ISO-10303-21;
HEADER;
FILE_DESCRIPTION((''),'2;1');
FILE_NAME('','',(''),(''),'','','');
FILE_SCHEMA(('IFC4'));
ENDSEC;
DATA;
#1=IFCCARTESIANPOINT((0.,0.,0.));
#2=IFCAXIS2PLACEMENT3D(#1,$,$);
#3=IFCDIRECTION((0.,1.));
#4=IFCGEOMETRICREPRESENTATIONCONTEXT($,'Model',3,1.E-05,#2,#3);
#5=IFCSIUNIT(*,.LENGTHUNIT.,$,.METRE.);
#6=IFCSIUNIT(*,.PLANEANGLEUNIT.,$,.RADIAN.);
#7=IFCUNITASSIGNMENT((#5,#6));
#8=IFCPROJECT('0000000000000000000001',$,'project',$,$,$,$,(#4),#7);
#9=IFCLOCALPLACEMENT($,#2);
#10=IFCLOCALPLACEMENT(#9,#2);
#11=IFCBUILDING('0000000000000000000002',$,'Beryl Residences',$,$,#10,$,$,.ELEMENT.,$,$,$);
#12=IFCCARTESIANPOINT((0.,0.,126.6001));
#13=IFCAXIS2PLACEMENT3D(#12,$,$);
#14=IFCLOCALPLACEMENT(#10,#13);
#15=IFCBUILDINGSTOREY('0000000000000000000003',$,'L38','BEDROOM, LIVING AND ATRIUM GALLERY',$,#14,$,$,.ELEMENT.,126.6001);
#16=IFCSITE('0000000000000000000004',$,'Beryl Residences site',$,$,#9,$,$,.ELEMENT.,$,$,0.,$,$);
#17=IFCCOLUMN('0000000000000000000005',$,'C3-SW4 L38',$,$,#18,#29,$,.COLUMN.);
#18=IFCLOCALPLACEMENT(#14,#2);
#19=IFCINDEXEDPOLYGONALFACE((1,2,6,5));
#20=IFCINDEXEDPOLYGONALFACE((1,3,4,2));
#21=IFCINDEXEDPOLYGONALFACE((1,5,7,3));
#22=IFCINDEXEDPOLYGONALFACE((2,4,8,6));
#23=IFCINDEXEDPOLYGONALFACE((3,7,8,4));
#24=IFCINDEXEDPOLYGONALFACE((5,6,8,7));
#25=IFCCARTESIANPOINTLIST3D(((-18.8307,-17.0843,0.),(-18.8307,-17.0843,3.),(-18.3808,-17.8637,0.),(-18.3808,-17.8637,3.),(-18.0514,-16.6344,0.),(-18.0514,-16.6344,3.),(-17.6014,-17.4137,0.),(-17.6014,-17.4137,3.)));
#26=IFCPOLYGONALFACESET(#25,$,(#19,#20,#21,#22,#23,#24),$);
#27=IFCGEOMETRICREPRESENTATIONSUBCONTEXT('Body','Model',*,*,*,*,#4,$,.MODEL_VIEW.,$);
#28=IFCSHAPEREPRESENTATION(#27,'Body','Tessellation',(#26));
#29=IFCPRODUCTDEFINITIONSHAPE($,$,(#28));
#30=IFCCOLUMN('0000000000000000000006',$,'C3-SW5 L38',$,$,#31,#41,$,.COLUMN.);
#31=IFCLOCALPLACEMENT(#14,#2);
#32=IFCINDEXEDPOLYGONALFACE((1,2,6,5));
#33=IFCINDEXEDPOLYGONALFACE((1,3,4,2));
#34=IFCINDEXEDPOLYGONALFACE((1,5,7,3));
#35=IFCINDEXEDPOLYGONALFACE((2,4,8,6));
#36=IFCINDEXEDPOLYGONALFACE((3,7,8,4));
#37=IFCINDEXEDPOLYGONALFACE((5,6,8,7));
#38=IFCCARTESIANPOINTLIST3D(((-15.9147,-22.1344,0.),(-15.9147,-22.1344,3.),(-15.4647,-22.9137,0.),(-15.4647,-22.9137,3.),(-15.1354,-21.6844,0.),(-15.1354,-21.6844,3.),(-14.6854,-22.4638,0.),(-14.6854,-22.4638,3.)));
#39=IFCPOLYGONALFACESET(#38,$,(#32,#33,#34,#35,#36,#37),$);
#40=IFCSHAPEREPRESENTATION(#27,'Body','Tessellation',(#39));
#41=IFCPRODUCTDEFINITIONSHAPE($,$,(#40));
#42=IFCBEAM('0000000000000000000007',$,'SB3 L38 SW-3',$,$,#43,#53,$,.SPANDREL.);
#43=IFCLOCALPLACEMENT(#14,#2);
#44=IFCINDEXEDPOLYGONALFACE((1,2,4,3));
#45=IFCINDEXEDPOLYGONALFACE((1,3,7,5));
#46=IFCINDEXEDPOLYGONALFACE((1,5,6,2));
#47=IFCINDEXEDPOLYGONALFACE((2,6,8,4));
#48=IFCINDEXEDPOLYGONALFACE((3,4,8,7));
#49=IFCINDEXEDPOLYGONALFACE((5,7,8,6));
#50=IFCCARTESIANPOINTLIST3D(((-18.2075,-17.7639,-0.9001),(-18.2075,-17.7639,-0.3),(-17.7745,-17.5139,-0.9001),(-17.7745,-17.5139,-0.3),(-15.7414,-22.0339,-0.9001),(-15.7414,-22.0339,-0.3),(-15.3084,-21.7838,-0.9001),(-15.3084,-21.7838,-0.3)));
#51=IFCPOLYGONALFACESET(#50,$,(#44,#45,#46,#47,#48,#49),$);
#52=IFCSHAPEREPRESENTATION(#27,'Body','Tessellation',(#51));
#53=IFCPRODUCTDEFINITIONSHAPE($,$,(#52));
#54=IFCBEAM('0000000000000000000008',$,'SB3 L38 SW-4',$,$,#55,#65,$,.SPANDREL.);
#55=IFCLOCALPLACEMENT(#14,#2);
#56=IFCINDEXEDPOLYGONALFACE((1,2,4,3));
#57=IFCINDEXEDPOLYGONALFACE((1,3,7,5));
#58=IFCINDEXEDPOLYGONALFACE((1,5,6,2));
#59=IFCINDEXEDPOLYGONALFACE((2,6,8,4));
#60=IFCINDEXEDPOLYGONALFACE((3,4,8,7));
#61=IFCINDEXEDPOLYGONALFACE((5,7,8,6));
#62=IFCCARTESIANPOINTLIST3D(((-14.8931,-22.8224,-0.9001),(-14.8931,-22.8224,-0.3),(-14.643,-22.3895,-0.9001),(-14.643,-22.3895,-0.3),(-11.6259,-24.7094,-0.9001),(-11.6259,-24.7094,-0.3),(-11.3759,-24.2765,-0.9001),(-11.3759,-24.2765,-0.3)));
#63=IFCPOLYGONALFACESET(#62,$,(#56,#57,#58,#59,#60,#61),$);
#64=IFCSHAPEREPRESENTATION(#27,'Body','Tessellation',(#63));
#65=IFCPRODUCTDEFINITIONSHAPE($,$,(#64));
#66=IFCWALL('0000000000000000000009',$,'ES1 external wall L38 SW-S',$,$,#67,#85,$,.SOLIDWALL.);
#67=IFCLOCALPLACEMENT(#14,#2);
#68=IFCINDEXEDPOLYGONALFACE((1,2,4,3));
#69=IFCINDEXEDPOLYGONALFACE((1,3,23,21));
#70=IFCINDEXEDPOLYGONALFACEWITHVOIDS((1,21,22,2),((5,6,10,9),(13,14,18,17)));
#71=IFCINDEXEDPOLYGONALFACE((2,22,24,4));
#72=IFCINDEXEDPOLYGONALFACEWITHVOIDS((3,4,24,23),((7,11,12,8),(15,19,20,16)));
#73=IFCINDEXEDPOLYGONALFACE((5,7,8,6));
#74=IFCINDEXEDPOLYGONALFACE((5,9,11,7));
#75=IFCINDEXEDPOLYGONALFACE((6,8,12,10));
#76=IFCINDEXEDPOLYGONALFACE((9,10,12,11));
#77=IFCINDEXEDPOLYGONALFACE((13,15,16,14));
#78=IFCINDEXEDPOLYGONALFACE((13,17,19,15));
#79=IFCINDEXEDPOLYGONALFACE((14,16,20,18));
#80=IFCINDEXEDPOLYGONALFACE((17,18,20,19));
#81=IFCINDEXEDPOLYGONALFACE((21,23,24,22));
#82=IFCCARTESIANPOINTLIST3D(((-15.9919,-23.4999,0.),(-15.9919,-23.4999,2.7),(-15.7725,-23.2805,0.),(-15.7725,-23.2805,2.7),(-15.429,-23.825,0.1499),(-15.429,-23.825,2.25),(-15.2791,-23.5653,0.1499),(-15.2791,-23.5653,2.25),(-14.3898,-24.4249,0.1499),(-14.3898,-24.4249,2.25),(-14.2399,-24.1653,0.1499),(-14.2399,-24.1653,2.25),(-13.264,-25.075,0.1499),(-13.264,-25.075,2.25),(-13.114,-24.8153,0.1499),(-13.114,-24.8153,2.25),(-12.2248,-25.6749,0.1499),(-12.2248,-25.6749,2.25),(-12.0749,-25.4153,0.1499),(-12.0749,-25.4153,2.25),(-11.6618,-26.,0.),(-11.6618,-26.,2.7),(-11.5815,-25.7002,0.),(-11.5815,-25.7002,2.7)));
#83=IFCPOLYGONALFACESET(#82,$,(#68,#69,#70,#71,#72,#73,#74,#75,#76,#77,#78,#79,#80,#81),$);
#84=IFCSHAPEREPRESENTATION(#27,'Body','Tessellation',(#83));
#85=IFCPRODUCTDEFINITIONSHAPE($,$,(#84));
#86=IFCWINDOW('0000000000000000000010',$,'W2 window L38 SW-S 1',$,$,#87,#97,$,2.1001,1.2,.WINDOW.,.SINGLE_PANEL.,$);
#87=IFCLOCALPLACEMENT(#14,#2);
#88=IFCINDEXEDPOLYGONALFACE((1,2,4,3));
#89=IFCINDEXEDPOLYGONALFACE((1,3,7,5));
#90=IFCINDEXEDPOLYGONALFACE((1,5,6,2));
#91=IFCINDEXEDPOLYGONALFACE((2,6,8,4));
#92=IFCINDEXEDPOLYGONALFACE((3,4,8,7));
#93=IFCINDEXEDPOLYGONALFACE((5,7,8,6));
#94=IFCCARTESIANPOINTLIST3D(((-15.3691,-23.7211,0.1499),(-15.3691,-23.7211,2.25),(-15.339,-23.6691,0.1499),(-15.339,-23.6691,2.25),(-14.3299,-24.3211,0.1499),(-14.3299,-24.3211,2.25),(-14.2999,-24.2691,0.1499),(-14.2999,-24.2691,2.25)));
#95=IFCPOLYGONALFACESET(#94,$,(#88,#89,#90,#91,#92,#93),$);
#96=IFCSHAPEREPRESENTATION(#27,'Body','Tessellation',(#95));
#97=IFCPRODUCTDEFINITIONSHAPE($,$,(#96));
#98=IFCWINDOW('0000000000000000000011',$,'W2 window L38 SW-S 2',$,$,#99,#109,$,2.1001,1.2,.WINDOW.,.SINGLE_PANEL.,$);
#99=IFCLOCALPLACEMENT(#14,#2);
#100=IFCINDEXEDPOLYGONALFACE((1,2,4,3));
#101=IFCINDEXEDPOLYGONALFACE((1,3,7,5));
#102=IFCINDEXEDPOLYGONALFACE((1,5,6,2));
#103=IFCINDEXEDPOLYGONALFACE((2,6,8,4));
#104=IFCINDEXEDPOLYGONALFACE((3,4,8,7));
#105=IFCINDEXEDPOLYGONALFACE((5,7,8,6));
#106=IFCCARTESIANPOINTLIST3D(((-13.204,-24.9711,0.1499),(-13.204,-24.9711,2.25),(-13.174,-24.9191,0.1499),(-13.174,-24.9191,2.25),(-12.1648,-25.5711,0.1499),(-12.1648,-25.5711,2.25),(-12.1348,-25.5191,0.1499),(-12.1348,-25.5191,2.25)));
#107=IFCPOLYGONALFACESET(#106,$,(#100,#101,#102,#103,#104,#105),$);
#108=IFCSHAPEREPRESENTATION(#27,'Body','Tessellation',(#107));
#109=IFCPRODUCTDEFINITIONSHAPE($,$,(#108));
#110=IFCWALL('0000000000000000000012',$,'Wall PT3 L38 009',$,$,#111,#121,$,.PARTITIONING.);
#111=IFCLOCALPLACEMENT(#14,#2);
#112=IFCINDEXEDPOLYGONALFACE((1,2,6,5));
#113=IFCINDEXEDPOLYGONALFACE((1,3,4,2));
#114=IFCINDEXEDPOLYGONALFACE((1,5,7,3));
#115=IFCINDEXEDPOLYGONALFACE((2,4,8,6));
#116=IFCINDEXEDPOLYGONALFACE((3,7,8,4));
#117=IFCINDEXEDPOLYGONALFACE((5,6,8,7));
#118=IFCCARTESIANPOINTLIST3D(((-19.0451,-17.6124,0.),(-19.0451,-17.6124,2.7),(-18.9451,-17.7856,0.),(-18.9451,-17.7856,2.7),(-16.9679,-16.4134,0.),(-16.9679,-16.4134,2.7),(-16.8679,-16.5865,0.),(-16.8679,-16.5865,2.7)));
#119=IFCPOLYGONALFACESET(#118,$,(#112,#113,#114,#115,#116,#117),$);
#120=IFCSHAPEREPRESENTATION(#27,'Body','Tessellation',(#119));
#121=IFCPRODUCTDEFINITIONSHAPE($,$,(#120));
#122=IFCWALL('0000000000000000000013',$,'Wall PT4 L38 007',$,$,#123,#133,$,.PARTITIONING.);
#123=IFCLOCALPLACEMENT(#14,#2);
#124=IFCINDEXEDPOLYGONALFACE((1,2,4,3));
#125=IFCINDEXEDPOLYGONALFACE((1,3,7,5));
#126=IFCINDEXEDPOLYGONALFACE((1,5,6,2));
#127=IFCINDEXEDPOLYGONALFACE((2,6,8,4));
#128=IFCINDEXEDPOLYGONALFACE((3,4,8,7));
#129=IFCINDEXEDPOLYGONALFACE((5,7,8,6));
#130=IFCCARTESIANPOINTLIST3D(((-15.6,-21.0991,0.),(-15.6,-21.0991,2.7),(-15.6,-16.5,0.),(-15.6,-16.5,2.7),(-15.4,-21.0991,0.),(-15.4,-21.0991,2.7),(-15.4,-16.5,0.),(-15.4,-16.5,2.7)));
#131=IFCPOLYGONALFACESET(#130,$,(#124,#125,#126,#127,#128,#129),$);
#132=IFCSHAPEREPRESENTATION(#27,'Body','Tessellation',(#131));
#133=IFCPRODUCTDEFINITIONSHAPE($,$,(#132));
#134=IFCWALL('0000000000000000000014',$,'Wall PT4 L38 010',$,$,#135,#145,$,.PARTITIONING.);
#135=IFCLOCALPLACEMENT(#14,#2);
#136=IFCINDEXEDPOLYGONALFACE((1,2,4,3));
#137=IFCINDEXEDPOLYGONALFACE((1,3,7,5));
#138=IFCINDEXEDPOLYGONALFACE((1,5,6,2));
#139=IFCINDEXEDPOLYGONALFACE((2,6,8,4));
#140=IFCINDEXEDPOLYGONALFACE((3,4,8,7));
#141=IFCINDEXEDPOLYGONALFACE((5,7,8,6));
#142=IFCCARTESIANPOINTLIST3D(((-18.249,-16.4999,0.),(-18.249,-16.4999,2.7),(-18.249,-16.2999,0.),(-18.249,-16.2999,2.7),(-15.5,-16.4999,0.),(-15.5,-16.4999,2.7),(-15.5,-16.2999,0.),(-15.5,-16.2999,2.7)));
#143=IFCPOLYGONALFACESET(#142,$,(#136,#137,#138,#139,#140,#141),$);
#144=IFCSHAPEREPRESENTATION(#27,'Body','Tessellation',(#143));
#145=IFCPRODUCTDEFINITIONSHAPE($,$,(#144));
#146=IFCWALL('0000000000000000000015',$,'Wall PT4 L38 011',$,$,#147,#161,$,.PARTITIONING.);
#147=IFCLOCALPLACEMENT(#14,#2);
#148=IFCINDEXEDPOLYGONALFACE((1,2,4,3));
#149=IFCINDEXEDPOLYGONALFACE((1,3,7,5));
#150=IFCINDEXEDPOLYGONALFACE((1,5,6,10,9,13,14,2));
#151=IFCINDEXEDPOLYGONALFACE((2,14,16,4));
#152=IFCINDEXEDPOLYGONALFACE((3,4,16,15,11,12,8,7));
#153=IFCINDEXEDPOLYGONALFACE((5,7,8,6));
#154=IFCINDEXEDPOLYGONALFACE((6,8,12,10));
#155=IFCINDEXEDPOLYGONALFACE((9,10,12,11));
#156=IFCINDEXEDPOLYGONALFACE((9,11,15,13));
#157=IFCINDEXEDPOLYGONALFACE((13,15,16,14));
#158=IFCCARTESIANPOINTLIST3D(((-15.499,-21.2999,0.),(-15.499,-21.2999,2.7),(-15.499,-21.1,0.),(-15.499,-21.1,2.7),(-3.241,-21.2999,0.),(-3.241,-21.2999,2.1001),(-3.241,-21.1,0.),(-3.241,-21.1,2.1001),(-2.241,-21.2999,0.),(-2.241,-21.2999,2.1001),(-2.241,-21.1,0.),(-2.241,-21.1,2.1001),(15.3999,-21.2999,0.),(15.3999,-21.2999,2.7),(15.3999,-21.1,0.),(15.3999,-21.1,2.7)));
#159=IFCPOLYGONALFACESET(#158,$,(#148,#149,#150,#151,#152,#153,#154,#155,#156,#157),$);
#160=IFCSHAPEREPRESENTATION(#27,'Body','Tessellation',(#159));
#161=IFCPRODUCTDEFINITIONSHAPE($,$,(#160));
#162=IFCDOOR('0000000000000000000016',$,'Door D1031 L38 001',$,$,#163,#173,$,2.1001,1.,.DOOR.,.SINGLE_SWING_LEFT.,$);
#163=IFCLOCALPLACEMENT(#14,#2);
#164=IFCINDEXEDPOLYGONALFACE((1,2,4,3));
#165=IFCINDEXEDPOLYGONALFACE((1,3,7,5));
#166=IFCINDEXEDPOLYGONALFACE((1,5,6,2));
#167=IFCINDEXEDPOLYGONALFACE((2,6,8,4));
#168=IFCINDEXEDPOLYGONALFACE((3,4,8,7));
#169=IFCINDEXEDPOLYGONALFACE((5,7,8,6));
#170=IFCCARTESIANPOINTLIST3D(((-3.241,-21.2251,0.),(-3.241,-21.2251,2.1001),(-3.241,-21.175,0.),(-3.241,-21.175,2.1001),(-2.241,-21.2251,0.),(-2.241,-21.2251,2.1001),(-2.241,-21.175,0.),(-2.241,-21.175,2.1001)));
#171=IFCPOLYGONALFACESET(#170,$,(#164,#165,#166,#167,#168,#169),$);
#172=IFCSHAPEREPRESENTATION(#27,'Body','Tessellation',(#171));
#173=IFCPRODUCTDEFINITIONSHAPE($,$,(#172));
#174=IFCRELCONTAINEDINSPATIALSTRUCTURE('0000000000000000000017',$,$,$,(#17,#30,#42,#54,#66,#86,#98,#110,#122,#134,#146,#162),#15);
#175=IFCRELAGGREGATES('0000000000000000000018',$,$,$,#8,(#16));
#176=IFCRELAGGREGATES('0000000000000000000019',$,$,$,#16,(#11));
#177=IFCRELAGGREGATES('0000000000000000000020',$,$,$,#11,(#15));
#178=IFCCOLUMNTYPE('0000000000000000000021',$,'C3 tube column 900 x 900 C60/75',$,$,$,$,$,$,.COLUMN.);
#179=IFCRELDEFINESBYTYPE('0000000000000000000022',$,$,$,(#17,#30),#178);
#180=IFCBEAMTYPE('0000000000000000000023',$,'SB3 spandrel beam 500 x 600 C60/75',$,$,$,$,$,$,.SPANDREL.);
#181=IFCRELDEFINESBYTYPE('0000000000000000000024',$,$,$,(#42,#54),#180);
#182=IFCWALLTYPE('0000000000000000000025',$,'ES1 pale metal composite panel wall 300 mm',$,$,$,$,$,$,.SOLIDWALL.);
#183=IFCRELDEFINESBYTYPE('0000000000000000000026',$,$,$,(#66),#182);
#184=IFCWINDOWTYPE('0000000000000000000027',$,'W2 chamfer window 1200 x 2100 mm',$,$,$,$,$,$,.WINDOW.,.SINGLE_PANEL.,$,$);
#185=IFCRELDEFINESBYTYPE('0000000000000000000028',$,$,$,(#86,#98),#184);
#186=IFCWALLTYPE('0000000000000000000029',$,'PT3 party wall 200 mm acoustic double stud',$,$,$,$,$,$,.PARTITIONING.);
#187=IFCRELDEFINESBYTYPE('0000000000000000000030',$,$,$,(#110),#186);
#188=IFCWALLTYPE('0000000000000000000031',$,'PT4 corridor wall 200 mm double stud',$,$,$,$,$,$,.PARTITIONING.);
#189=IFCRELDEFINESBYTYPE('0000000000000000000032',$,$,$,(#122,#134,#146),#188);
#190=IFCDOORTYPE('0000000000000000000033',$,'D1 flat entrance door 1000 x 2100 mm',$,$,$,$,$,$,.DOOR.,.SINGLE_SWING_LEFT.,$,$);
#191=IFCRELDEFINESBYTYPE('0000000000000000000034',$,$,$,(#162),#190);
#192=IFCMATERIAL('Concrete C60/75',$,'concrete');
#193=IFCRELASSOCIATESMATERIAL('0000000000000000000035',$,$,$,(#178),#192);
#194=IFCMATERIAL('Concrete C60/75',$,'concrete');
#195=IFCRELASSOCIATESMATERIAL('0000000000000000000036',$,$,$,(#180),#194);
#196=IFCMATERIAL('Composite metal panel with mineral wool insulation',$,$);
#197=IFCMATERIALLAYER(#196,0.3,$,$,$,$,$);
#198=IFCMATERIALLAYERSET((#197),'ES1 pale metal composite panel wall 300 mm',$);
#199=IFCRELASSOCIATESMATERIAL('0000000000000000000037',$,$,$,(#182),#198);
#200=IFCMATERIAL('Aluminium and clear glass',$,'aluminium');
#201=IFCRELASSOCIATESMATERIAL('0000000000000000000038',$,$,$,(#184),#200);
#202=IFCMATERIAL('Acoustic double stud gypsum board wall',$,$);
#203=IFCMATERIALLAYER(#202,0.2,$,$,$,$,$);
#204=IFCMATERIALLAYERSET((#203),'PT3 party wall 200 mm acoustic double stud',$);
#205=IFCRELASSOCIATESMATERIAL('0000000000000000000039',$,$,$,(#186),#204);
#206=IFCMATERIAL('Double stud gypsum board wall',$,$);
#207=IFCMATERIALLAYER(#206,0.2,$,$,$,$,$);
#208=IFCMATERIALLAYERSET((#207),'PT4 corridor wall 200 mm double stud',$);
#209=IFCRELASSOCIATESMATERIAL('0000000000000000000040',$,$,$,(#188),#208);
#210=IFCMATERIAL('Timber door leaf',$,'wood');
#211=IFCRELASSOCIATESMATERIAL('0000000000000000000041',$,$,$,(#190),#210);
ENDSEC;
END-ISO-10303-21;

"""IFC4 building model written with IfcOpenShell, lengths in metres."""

from ifc_helpers import new_model, si_unit, direction, frame, frame_2d, origin, origin_2d, place, context, subcontext, project, spatial, polyline, rectangle, outline, extrude, material, layer, layer_set, material_profile, profile_set, type_object, element, fill, save


model = new_model("IFC4")

# Units and contexts
model_context = context("Model", 3, precision=1e-05, world=origin(), true_north=direction((0.0, 1.0)))
body_context = subcontext(model_context, "Body", "Model", "MODEL_VIEW")
ifc_project = project(units=[si_unit("LENGTHUNIT", "METRE"), si_unit("PLANEANGLEUNIT", "RADIAN")], contexts=[model_context])

# Site, building, storey
site_placement = place(None, origin())
site = spatial("IfcSite", under=ifc_project, at=site_placement, Name="Beryl Residences site", CompositionType="ELEMENT", RefElevation=0.0)
building_placement = place(site_placement, origin())
building = spatial("IfcBuilding", under=site, at=building_placement, Name="Beryl Residences", CompositionType="ELEMENT")
storey_placement = place(building_placement, frame((0.0, 0.0, 126.6001)))
storey = spatial("IfcBuildingStorey", under=building, at=storey_placement, Name="L38", Description="BEDROOM, LIVING AND ATRIUM GALLERY", CompositionType="ELEMENT", Elevation=126.6001)

# Columns
ifc_material_1 = material(Name="Concrete C60/75", Category="concrete")
ifc_material_profile_1 = material_profile(ifc_material_1, rectangle(XDim=0.8999, YDim=0.8999, at=origin_2d()))
ifc_profile_set_1 = profile_set([ifc_material_profile_1], Name="Concrete C60/75")
column_type = type_object("IfcColumnType", Name="C3 tube column 900 x 900 C60/75", PredefinedType="COLUMN", material=ifc_profile_set_1)
for number, where, z_axis, x_axis, name in (
    (1, (-18.2161, -17.249, 0.0), (0.0, 0.0, 1.0), (0.5, -0.866025, 0.0), "C3-SW4 L38"),
    (2, (-15.3, -22.2991, 0.0), (0.0, 0.0, 1.0), (0.5, -0.866025, 0.0), "C3-SW5 L38"),
):
    element("IfcColumn", number, at=place(storey_placement, frame(where, z_axis=z_axis, x_axis=x_axis)), inside=storey, type_object=column_type, Name=name, PredefinedType="COLUMN", context=body_context, shape_type="SweptSolid", body=[
        extrude(rectangle(XDim=0.8999, YDim=0.8999, at=origin_2d()), origin(), (0.0, 0.0, 1.0), 3.0),
    ])

# Beams
ifc_material_2 = material(Name="Concrete C60/75", Category="concrete")
ifc_material_profile_2 = material_profile(ifc_material_2, rectangle(XDim=0.5, YDim=0.6001, at=origin_2d()))
ifc_profile_set_2 = profile_set([ifc_material_profile_2], Name="Concrete C60/75")
beam_type = type_object("IfcBeamType", Name="SB3 spandrel beam 500 x 600 C60/75", PredefinedType="SPANDREL", material=ifc_profile_set_2)
beam_1_placement = place(storey_placement, frame((-17.991, -17.6389, -0.6001), z_axis=(0.500117, -0.865958, 0.0), x_axis=(0.865958, 0.500117, 0.0)))
element("IfcBeam", 3, at=beam_1_placement, inside=storey, type_object=beam_type, Name="SB3 L38 SW-3", PredefinedType="SPANDREL", context=body_context, shape_type="SweptSolid", body=[
    extrude(rectangle(XDim=0.5, YDim=0.6001, at=origin_2d()), origin(), (0.0, 0.0, 1.0), 4.9309),
])
beam_2_placement = place(storey_placement, frame((-14.7681, -22.606, -0.6001), z_axis=(0.865944, -0.500141, 0.0), x_axis=(0.500141, 0.865944, 0.0)))
element("IfcBeam", 4, at=beam_2_placement, inside=storey, type_object=beam_type, Name="SB3 L38 SW-4", PredefinedType="SPANDREL", context=body_context, shape_type="SweptSolid", body=[
    extrude(rectangle(XDim=0.5, YDim=0.6001, at=origin_2d()), origin(), (0.0, 0.0, 1.0), 3.7729),
])

# Wall, openings, windows
ifc_material_3 = material(Name="Composite metal panel with mineral wool insulation")
ifc_layer_1 = layer(ifc_material_3, 0.3)
ifc_layer_set_1 = layer_set([ifc_layer_1], Name="ES1 pale metal composite panel wall 300 mm")
wall_type_1 = type_object("IfcWallType", Name="ES1 pale metal composite panel wall 300 mm", PredefinedType="SOLIDWALL", material=ifc_layer_set_1)
wall_1_placement = place(storey_placement, frame((-15.917, -23.3701, 0.0), z_axis=(0.0, 0.0, 1.0), x_axis=(0.866023, -0.500004, 0.0)))
wall_1 = element("IfcWall", 5, at=wall_1_placement, inside=storey, type_object=wall_type_1, Name="ES1 external wall L38 SW-S", PredefinedType="SOLIDWALL", context=body_context, shape_type="SweptSolid", body=[
    extrude(outline(polyline([(0.0, -0.1499), (5.0, -0.1499), (4.9197, 0.1499), (0.0803, 0.1499), (0.0, -0.1499)])), origin(), (0.0, 0.0, 1.0), 2.7),
])
opening_1_placement = place(wall_1_placement, frame((0.6499, 0.0, 0.1499)))
opening_1 = element("IfcOpeningElement", 6, at=opening_1_placement, cuts=wall_1, PredefinedType="OPENING", context=body_context, shape_type="SweptSolid", body=[
    extrude(rectangle(XDim=1.2, YDim=2.1001, at=frame_2d((0.6001, 1.05))), frame((0.0, 0.1599, 0.0), z_axis=(0.0, -1.0, 0.0), x_axis=(1.0, 0.0, 0.0)), (0.0, 0.0, 1.0), 0.3201),
])
opening_2_placement = place(wall_1_placement, frame((3.1499, 0.0, 0.1499)))
opening_2 = element("IfcOpeningElement", 7, at=opening_2_placement, cuts=wall_1, PredefinedType="OPENING", context=body_context, shape_type="SweptSolid", body=[
    extrude(rectangle(XDim=1.2, YDim=2.1001, at=frame_2d((0.6001, 1.05))), frame((0.0, 0.1599, 0.0), z_axis=(0.0, -1.0, 0.0), x_axis=(1.0, 0.0, 0.0)), (0.0, 0.0, 1.0), 0.3201),
])
ifc_material_4 = material(Name="Aluminium and clear glass", Category="aluminium")
window_type = type_object("IfcWindowType", Name="W2 chamfer window 1200 x 2100 mm", PartitioningType="SINGLE_PANEL", PredefinedType="WINDOW", material=ifc_material_4)
window_1_placement = place(opening_1_placement, origin())
window_1 = element("IfcWindow", 8, at=window_1_placement, inside=storey, type_object=window_type, Name="W2 window L38 SW-S 1", OverallHeight=2.1001, OverallWidth=1.2, PartitioningType="SINGLE_PANEL", PredefinedType="WINDOW", context=body_context, shape_type="SweptSolid", body=[
    extrude(rectangle(XDim=1.2, YDim=2.1001, at=frame_2d((0.6001, 1.05))), frame((0.0, 0.03, 0.0), z_axis=(0.0, -1.0, 0.0), x_axis=(1.0, 0.0, 0.0)), (0.0, 0.0, 1.0), 0.0601),
])
fill(opening_1, window_1)
window_2_placement = place(opening_2_placement, origin())
window_2 = element("IfcWindow", 9, at=window_2_placement, inside=storey, type_object=window_type, Name="W2 window L38 SW-S 2", OverallHeight=2.1001, OverallWidth=1.2, PartitioningType="SINGLE_PANEL", PredefinedType="WINDOW", context=body_context, shape_type="SweptSolid", body=[
    extrude(rectangle(XDim=1.2, YDim=2.1001, at=frame_2d((0.6001, 1.05))), frame((0.0, 0.03, 0.0), z_axis=(0.0, -1.0, 0.0), x_axis=(1.0, 0.0, 0.0)), (0.0, 0.0, 1.0), 0.0601),
])
fill(opening_2, window_2)

# Walls
ifc_material_5 = material(Name="Acoustic double stud gypsum board wall")
ifc_layer_2 = layer(ifc_material_5, 0.2)
ifc_layer_set_2 = layer_set([ifc_layer_2], Name="PT3 party wall 200 mm acoustic double stud")
wall_type_2 = type_object("IfcWallType", Name="PT3 party wall 200 mm acoustic double stud", PredefinedType="PARTITIONING", material=ifc_layer_set_2)
wall_2_placement = place(storey_placement, frame((-18.9951, -17.699, 0.0), z_axis=(0.0, 0.0, 1.0), x_axis=(0.866074, 0.499916, 0.0)))
element("IfcWall", 10, at=wall_2_placement, inside=storey, type_object=wall_type_2, Name="Wall PT3 L38 009", PredefinedType="PARTITIONING", context=body_context, shape_type="SweptSolid", body=[
    extrude(rectangle(XDim=2.3984, YDim=0.2, at=frame_2d((1.1992, 0.0))), origin(), (0.0, 0.0, 1.0), 2.7),
])
ifc_material_6 = material(Name="Double stud gypsum board wall")
ifc_layer_3 = layer(ifc_material_6, 0.2)
ifc_layer_set_3 = layer_set([ifc_layer_3], Name="PT4 corridor wall 200 mm double stud")
wall_type_3 = type_object("IfcWallType", Name="PT4 corridor wall 200 mm double stud", PredefinedType="PARTITIONING", material=ifc_layer_set_3)
wall_3_placement = place(storey_placement, frame((-15.5, -16.5, 0.0), z_axis=(0.0, 0.0, 1.0), x_axis=(0.0, -1.0, 0.0)))
element("IfcWall", 11, at=wall_3_placement, inside=storey, type_object=wall_type_3, Name="Wall PT4 L38 007", PredefinedType="PARTITIONING", context=body_context, shape_type="SweptSolid", body=[
    extrude(rectangle(XDim=4.5991, YDim=0.2, at=frame_2d((2.2996, 0.0))), origin(), (0.0, 0.0, 1.0), 2.7),
])
wall_4_placement = place(storey_placement, frame((-18.249, -16.3999, 0.0), z_axis=(0.0, 0.0, 1.0), x_axis=(1.0, 0.0, 0.0)))
element("IfcWall", 12, at=wall_4_placement, inside=storey, type_object=wall_type_3, Name="Wall PT4 L38 010", PredefinedType="PARTITIONING", context=body_context, shape_type="SweptSolid", body=[
    extrude(rectangle(XDim=2.749, YDim=0.2, at=frame_2d((1.3745, 0.0))), origin(), (0.0, 0.0, 1.0), 2.7),
])

# Wall, opening, door
wall_5_placement = place(storey_placement, frame((-15.499, -21.2, 0.0), z_axis=(0.0, 0.0, 1.0), x_axis=(1.0, 0.0, 0.0)))
wall_5 = element("IfcWall", 13, at=wall_5_placement, inside=storey, type_object=wall_type_3, Name="Wall PT4 L38 011", PredefinedType="PARTITIONING", context=body_context, shape_type="SweptSolid", body=[
    extrude(rectangle(XDim=30.8989, YDim=0.2, at=frame_2d((15.4495, 0.0))), origin(), (0.0, 0.0, 1.0), 2.7),
])
opening_3_placement = place(wall_5_placement, frame((12.2581, 0.0, 0.0)))
opening_3 = element("IfcOpeningElement", 14, at=opening_3_placement, cuts=wall_5, PredefinedType="OPENING", context=body_context, shape_type="SweptSolid", body=[
    extrude(rectangle(XDim=1.0, YDim=2.1001, at=frame_2d((0.5, 1.05))), frame((0.0, 0.1099, 0.0), z_axis=(0.0, -1.0, 0.0), x_axis=(1.0, 0.0, 0.0)), (0.0, 0.0, 1.0), 0.22),
])
ifc_material_7 = material(Name="Timber door leaf", Category="wood")
door_type = type_object("IfcDoorType", Name="D1 flat entrance door 1000 x 2100 mm", OperationType="SINGLE_SWING_LEFT", PredefinedType="DOOR", material=ifc_material_7)
door_placement = place(opening_3_placement, origin())
door = element("IfcDoor", 15, at=door_placement, inside=storey, type_object=door_type, Name="Door D1031 L38 001", OperationType="SINGLE_SWING_LEFT", OverallHeight=2.1001, OverallWidth=1.0, PredefinedType="DOOR", context=body_context, shape_type="SweptSolid", body=[
    extrude(rectangle(XDim=1.0, YDim=2.1001, at=frame_2d((0.5, 1.05))), frame((0.0, 0.0249, 0.0), z_axis=(0.0, -1.0, 0.0), x_axis=(1.0, 0.0, 0.0)), (0.0, 0.0, 1.0), 0.05),
])
fill(opening_3, door)

save(model, "model.ifc")
